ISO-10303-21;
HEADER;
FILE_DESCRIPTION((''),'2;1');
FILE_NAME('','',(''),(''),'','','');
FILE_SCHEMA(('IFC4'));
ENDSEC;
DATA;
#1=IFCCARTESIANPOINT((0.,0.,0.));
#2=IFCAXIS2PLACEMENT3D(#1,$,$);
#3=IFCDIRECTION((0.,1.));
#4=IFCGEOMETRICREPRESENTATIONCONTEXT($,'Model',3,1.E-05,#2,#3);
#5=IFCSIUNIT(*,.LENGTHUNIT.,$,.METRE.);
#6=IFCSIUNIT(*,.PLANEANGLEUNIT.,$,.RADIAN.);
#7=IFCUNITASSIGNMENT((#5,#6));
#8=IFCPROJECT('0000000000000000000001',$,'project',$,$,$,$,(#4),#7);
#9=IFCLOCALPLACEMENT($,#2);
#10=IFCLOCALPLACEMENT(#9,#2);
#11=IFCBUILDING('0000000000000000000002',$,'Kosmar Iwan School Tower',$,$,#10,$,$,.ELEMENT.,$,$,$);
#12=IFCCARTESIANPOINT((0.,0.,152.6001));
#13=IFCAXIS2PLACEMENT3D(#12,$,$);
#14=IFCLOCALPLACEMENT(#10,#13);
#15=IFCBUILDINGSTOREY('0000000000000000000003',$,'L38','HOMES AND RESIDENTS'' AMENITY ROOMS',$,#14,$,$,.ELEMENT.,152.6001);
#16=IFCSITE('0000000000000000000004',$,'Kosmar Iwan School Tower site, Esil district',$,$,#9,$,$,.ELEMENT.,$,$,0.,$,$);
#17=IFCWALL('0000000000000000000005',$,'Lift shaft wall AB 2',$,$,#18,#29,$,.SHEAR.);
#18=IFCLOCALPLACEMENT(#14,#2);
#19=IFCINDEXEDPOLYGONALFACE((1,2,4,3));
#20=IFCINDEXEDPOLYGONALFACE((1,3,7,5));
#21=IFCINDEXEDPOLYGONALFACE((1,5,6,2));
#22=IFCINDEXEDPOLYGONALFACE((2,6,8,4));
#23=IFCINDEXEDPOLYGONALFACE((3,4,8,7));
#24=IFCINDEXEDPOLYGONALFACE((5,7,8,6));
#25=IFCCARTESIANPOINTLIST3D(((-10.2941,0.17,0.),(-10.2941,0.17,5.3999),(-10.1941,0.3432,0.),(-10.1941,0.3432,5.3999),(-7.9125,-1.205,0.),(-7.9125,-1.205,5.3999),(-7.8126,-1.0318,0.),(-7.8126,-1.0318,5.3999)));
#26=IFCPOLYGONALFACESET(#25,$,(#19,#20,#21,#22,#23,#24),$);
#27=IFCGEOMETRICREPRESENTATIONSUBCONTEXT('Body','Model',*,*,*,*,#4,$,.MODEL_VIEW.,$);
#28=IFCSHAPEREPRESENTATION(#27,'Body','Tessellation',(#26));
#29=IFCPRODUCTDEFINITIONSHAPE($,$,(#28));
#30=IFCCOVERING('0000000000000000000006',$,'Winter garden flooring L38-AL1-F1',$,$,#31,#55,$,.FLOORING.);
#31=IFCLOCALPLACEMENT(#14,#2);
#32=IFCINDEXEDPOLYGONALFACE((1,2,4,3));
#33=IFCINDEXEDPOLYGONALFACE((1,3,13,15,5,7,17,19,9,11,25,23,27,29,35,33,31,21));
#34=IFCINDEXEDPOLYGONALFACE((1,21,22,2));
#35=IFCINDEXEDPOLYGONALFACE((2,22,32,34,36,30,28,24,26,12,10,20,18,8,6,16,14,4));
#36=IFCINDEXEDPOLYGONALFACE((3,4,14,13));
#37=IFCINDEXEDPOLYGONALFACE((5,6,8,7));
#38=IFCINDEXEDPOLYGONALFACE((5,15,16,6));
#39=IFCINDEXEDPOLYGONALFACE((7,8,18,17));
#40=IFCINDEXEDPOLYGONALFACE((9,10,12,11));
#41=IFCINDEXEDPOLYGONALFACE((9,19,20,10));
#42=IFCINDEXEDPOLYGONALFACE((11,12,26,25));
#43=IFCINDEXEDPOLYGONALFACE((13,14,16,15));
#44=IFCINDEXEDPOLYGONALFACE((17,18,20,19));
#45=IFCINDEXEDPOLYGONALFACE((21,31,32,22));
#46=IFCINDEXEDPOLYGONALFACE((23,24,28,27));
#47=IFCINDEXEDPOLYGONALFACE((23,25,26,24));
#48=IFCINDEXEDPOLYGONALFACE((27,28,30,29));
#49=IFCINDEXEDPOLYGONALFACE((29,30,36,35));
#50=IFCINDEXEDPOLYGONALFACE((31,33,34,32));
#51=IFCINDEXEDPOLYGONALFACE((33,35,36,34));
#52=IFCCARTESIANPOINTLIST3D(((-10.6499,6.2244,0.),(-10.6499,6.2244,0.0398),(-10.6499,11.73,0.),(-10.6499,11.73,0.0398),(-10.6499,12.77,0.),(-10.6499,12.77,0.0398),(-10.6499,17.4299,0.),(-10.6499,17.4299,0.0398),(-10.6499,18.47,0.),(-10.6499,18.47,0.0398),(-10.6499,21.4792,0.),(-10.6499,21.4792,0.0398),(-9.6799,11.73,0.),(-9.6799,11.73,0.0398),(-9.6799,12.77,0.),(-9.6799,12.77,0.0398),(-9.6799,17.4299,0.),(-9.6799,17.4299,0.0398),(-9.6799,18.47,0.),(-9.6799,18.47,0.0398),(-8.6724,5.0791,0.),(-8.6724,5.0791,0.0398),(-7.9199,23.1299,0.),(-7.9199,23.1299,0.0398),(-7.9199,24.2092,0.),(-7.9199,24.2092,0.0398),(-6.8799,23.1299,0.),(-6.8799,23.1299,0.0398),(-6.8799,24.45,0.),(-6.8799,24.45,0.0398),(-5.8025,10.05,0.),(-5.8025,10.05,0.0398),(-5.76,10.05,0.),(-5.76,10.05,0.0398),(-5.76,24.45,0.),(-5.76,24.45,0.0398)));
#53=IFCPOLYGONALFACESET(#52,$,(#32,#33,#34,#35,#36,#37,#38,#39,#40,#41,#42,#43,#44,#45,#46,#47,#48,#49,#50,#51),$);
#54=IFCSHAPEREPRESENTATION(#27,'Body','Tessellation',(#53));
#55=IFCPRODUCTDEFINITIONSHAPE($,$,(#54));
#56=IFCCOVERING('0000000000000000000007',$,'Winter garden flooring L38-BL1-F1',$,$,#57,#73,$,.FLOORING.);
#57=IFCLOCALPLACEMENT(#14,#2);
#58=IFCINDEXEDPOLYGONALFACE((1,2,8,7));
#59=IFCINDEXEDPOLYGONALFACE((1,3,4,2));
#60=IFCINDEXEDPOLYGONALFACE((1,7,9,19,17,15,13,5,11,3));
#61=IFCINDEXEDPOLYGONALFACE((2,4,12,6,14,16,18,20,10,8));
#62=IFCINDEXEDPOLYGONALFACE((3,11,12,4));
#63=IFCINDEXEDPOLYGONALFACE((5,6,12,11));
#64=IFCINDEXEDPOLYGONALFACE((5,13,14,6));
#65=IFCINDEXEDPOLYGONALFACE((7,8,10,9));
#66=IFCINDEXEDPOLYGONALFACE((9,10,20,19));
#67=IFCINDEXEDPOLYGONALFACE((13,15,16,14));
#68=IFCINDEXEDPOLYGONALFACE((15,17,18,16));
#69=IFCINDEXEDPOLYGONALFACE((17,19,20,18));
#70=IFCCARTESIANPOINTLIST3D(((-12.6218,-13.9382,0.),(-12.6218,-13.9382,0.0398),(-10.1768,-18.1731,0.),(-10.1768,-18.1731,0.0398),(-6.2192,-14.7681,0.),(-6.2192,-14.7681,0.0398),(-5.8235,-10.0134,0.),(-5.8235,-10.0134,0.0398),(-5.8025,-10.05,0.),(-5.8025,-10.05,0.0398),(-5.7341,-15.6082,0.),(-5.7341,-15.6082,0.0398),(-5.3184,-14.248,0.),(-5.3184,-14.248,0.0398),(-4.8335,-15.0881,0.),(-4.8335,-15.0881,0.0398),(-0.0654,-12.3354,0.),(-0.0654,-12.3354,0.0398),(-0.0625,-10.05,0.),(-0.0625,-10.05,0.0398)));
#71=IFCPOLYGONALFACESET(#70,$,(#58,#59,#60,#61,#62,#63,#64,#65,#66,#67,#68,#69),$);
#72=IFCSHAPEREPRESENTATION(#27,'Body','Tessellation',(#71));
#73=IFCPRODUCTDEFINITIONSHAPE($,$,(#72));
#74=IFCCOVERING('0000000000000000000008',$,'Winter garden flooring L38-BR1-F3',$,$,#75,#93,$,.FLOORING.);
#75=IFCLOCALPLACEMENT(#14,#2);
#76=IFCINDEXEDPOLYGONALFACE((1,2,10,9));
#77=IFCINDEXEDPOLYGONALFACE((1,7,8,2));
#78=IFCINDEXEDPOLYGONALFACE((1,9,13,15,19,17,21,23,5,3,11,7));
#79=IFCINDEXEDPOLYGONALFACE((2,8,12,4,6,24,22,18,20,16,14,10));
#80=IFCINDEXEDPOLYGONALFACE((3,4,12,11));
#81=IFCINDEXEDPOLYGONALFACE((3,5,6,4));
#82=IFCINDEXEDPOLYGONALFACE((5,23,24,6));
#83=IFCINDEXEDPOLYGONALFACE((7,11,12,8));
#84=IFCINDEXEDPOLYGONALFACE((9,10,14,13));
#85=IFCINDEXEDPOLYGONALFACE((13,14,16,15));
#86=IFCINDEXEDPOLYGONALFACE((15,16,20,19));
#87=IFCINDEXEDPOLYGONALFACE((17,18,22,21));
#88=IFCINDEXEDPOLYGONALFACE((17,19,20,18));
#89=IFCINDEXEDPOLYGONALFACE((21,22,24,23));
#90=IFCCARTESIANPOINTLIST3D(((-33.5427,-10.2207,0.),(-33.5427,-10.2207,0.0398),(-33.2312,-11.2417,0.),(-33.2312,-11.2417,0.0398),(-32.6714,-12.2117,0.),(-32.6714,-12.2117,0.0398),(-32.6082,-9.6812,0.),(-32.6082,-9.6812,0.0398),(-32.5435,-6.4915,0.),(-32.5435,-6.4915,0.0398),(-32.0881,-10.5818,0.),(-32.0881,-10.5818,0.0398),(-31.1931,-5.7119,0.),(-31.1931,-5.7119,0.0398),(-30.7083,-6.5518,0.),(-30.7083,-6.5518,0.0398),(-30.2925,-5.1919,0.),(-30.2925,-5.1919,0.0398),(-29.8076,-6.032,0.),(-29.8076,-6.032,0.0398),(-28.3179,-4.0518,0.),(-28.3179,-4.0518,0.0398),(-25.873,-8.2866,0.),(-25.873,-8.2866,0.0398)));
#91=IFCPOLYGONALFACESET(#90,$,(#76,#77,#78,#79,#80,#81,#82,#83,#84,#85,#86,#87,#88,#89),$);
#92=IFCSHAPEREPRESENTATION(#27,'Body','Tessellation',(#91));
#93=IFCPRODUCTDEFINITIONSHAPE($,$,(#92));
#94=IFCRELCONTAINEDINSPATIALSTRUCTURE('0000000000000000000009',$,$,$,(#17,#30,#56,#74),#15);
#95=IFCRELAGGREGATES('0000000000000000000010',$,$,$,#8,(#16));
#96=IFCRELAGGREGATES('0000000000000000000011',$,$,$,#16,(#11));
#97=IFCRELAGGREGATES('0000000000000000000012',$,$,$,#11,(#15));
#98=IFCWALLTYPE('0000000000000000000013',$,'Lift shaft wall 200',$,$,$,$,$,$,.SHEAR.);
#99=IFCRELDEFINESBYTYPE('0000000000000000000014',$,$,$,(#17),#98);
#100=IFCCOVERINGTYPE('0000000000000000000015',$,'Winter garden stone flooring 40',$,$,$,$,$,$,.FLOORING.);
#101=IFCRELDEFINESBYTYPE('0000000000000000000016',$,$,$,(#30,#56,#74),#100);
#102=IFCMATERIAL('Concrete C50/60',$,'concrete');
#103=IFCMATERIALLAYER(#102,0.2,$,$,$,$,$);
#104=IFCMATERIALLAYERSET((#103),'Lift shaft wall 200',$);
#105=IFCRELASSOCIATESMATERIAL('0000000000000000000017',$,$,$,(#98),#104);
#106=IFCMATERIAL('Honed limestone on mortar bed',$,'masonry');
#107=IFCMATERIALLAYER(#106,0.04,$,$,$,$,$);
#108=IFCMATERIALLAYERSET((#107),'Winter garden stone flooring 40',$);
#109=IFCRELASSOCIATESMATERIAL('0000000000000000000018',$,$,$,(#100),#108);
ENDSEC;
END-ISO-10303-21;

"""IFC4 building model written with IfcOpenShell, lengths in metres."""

from ifc_helpers import new_model, si_unit, direction, frame, frame_2d, origin, place, context, subcontext, project, spatial, polyline, rectangle, outline, extrude, material, layer, layer_set, type_object, element, save


model = new_model("IFC4")

# Units and contexts
model_context = context("Model", 3, precision=1e-05, world=origin(), true_north=direction((0.0, 1.0)))
body_context = subcontext(model_context, "Body", "Model", "MODEL_VIEW")
ifc_project = project(units=[si_unit("LENGTHUNIT", "METRE"), si_unit("PLANEANGLEUNIT", "RADIAN")], contexts=[model_context])

# Site, building, storey
site_placement = place(None, origin())
site = spatial("IfcSite", under=ifc_project, at=site_placement, Name="Kosmar Iwan School Tower site, Esil district", CompositionType="ELEMENT", RefElevation=0.0)
building_placement = place(site_placement, origin())
building = spatial("IfcBuilding", under=site, at=building_placement, Name="Kosmar Iwan School Tower", CompositionType="ELEMENT")
storey_placement = place(building_placement, frame((0.0, 0.0, 152.6001)))
storey = spatial("IfcBuildingStorey", under=building, at=storey_placement, Name="L38", Description="HOMES AND RESIDENTS' AMENITY ROOMS", CompositionType="ELEMENT", Elevation=152.6001)

# Wall
ifc_material_1 = material(Name="Concrete C50/60", Category="concrete")
ifc_layer_1 = layer(ifc_material_1, 0.2)
ifc_layer_set_1 = layer_set([ifc_layer_1], Name="Lift shaft wall 200")
wall_type_1 = type_object("IfcWallType", Name="Lift shaft wall 200", PredefinedType="SHEAR", material=ifc_layer_set_1)
for number, where, z_axis, x_axis, name in (
    (1, (-7.8625, -1.1184, 0.0), (0.0, 0.0, 1.0), (-0.866027, 0.499997, 0.0), "Lift shaft wall AB 2"),
):
    element("IfcWall", number, at=place(storey_placement, frame(where, z_axis=z_axis, x_axis=x_axis)), inside=storey, type_object=wall_type_1, Name=name, PredefinedType="SHEAR", context=body_context, shape_type="SweptSolid", body=[
        extrude(rectangle(XDim=2.75, YDim=0.2, at=frame_2d((1.375, 0.0))), origin(), (0.0, 0.0, 1.0), 5.3999),
    ])

# Coverings
ifc_material_2 = material(Name="Honed limestone on mortar bed", Category="masonry")
ifc_layer_2 = layer(ifc_material_2, 0.04)
ifc_layer_set_2 = layer_set([ifc_layer_2], Name="Winter garden stone flooring 40")
covering_type = type_object("IfcCoveringType", Name="Winter garden stone flooring 40", PredefinedType="FLOORING", material=ifc_layer_set_2)
covering_1_placement = place(storey_placement, origin())
element("IfcCovering", 2, at=covering_1_placement, inside=storey, type_object=covering_type, Name="Winter garden flooring L38-AL1-F1", PredefinedType="FLOORING", context=body_context, shape_type="SweptSolid", body=[
    extrude(outline(polyline([(-8.6724, 5.0791), (-5.8025, 10.05), (-5.76, 10.05), (-5.76, 24.45), (-6.8799, 24.45), (-6.8799, 23.1299), (-7.9199, 23.1299), (-7.9199, 24.2092), (-10.6499, 21.4792), (-10.6499, 18.47), (-9.6799, 18.47), (-9.6799, 17.4299), (-10.6499, 17.4299), (-10.6499, 12.77), (-9.6799, 12.77), (-9.6799, 11.73), (-10.6499, 11.73), (-10.6499, 6.2244), (-8.6724, 5.0791)])), origin(), (0.0, 0.0, 1.0), 0.0398),
])
covering_2_placement = place(storey_placement, origin())
element("IfcCovering", 3, at=covering_2_placement, inside=storey, type_object=covering_type, Name="Winter garden flooring L38-BL1-F1", PredefinedType="FLOORING", context=body_context, shape_type="SweptSolid", body=[
    extrude(outline(polyline([(-10.1768, -18.1731), (-5.7341, -15.6082), (-6.2192, -14.7681), (-5.3184, -14.248), (-4.8335, -15.0881), (-0.0654, -12.3354), (-0.0625, -10.05), (-5.8025, -10.05), (-5.8235, -10.0134), (-12.6218, -13.9382), (-10.1768, -18.1731)])), origin(), (0.0, 0.0, 1.0), 0.0398),
])
covering_3_placement = place(storey_placement, origin())
element("IfcCovering", 4, at=covering_3_placement, inside=storey, type_object=covering_type, Name="Winter garden flooring L38-BR1-F3", PredefinedType="FLOORING", context=body_context, shape_type="SweptSolid", body=[
    extrude(outline(polyline([(-32.6714, -12.2117), (-25.873, -8.2866), (-28.3179, -4.0518), (-30.2925, -5.1919), (-29.8076, -6.032), (-30.7083, -6.5518), (-31.1931, -5.7119), (-32.5435, -6.4915), (-33.5427, -10.2207), (-32.6082, -9.6812), (-32.0881, -10.5818), (-33.2312, -11.2417), (-32.6714, -12.2117)])), origin(), (0.0, 0.0, 1.0), 0.0398),
])

save(model, "model.ifc")
